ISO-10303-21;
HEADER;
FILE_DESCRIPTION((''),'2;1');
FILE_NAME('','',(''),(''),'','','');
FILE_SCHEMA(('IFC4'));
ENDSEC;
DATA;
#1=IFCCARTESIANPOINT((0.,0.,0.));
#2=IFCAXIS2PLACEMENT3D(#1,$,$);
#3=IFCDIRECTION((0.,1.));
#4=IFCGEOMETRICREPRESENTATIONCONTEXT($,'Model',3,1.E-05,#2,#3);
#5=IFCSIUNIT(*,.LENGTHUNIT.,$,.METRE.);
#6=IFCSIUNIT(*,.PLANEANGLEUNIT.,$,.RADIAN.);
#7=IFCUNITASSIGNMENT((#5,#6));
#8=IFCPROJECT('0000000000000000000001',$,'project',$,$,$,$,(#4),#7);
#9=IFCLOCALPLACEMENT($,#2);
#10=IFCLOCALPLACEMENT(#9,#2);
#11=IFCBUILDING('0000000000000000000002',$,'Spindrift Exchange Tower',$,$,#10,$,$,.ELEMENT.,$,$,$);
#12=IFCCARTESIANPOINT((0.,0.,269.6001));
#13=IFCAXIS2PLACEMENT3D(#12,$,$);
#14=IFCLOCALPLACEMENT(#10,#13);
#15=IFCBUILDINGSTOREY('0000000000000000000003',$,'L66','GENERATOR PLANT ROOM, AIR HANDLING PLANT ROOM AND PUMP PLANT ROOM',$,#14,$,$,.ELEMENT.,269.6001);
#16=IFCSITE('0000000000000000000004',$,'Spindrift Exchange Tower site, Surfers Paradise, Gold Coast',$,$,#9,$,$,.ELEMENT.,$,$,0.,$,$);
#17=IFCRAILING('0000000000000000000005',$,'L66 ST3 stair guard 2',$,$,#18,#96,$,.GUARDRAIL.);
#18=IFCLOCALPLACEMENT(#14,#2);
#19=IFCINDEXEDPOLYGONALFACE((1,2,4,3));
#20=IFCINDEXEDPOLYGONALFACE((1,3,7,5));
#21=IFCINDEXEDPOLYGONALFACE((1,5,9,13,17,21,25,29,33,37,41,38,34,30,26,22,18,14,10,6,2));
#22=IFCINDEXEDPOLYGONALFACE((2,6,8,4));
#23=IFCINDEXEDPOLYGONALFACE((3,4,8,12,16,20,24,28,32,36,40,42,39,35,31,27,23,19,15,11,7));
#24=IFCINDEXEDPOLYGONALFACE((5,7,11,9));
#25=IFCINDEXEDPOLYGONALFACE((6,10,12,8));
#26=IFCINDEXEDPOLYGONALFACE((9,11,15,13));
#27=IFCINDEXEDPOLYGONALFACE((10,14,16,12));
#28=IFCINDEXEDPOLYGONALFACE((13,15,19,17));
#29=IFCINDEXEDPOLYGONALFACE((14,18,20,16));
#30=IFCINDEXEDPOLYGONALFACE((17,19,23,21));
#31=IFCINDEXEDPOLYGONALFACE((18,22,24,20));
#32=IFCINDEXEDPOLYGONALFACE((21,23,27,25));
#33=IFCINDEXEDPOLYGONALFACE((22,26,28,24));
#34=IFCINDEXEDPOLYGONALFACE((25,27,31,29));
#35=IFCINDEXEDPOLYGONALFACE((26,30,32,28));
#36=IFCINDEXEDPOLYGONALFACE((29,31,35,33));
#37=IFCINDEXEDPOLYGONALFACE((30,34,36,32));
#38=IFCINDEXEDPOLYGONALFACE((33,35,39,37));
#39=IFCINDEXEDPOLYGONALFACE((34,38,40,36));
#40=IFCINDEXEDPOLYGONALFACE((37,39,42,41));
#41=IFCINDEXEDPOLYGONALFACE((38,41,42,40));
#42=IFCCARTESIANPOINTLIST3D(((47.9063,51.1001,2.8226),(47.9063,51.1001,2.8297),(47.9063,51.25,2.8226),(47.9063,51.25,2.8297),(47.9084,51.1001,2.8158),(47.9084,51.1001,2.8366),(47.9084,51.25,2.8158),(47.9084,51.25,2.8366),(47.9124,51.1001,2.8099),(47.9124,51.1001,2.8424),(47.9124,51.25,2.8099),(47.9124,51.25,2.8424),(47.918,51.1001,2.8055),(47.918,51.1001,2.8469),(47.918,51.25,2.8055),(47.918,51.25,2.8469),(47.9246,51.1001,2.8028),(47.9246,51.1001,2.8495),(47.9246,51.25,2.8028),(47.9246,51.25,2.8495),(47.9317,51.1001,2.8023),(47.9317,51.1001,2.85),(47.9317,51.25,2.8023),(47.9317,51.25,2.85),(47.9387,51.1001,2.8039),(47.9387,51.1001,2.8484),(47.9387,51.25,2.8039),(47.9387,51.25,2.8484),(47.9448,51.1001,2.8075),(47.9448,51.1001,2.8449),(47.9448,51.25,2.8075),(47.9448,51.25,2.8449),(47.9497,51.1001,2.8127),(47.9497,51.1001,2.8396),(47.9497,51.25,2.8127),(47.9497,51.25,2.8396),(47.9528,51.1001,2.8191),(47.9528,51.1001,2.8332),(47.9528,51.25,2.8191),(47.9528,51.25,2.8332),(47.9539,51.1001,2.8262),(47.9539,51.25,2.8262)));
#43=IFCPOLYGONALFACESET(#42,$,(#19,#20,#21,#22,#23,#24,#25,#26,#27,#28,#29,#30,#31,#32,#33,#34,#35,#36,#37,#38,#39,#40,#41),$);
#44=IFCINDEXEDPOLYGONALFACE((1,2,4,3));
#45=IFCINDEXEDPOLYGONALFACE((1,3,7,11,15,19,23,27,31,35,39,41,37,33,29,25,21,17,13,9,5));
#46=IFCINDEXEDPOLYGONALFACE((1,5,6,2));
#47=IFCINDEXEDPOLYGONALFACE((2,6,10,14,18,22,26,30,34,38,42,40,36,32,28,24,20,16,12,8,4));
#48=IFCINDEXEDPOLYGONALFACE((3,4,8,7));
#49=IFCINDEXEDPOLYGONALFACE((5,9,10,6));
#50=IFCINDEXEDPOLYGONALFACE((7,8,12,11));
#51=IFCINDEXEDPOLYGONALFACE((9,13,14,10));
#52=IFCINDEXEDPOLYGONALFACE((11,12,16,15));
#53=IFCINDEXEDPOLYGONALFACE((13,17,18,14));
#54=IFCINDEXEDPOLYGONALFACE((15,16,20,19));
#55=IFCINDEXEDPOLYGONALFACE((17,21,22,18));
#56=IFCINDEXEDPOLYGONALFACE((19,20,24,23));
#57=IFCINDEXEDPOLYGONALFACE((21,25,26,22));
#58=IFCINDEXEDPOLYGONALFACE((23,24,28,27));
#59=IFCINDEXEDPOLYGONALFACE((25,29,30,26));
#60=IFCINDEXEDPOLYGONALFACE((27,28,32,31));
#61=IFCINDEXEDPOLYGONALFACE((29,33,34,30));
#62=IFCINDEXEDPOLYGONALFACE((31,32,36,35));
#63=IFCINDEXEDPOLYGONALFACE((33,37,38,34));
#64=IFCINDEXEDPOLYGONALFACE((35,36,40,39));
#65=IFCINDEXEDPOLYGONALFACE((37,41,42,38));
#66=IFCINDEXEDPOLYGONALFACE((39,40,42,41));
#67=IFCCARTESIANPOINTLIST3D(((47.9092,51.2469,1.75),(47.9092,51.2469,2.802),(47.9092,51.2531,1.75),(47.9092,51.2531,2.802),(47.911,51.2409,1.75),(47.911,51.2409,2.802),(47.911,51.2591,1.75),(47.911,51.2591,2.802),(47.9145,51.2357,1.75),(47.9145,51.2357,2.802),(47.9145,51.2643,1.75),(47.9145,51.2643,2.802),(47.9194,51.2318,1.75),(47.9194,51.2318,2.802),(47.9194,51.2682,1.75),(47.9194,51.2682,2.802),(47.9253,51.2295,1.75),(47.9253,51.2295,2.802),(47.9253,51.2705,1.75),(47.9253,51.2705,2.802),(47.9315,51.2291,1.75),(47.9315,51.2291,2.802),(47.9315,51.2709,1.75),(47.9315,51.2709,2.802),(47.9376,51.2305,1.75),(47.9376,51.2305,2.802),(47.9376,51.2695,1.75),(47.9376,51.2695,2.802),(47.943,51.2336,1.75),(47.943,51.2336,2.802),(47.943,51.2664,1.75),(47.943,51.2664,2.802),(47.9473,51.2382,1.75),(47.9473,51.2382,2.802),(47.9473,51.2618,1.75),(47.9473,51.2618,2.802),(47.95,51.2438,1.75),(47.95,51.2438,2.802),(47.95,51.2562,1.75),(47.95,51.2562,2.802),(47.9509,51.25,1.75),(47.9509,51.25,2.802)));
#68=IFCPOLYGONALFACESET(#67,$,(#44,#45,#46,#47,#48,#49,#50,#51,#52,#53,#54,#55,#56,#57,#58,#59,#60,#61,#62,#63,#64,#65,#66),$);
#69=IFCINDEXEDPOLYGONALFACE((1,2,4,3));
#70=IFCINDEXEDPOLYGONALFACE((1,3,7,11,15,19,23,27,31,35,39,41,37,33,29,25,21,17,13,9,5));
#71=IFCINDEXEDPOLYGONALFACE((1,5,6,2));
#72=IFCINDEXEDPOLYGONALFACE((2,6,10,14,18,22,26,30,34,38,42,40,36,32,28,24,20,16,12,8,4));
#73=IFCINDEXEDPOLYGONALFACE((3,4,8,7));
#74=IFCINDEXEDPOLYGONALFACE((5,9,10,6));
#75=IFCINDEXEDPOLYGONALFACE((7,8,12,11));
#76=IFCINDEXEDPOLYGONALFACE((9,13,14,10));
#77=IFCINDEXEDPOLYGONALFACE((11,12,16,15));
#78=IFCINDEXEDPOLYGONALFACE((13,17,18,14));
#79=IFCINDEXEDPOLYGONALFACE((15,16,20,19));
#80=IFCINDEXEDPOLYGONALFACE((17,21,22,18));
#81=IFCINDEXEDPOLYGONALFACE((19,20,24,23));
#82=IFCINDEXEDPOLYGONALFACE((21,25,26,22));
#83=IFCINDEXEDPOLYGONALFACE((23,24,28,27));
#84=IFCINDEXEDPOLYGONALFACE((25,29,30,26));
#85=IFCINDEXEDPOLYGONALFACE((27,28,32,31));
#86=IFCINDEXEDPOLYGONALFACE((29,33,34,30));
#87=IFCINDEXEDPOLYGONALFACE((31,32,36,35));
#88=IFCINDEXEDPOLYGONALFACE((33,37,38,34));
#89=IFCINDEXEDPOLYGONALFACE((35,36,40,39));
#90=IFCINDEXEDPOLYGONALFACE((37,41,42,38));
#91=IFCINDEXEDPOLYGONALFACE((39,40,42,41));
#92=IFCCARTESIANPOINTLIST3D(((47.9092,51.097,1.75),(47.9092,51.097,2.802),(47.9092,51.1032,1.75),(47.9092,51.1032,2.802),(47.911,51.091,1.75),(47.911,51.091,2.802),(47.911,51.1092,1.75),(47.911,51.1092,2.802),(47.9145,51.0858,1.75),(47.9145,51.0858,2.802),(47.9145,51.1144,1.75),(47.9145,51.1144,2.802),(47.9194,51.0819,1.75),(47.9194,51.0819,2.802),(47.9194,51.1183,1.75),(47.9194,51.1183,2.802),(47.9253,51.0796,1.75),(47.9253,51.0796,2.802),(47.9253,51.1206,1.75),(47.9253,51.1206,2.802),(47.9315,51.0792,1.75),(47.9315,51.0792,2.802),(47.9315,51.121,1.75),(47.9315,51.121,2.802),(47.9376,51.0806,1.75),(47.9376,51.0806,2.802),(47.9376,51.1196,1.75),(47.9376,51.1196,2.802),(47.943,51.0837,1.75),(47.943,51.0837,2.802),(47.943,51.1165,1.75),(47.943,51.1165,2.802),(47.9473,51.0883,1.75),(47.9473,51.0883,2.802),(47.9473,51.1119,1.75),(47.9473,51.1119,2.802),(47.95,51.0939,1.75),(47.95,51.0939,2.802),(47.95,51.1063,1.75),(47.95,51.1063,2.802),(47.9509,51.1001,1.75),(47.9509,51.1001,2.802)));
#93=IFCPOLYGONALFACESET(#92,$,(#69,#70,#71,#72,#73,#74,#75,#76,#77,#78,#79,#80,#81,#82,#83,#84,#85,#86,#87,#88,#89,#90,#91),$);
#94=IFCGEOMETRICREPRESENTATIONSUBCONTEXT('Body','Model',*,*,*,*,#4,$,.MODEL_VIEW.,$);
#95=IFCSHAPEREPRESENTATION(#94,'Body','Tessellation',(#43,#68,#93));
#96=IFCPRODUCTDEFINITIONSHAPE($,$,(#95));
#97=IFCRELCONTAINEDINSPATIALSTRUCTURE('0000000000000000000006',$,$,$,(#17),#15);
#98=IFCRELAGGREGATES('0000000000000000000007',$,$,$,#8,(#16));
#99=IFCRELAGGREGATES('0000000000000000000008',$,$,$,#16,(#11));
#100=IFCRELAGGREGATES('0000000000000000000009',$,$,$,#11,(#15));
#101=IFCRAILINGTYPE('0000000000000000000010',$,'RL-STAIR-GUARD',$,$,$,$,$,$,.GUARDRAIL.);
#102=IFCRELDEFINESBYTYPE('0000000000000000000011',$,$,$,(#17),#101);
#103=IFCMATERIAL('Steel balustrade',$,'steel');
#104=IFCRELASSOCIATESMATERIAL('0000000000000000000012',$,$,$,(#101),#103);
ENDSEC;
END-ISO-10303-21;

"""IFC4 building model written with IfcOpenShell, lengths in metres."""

from ifc_helpers import new_model, si_unit, direction, frame, origin, origin_2d, place, context, subcontext, project, spatial, circle, extrude, material, type_object, element, save


model = new_model("IFC4")

# Units and contexts
model_context = context("Model", 3, precision=1e-05, world=origin(), true_north=direction((0.0, 1.0)))
body_context = subcontext(model_context, "Body", "Model", "MODEL_VIEW")
ifc_project = project(units=[si_unit("LENGTHUNIT", "METRE"), si_unit("PLANEANGLEUNIT", "RADIAN")], contexts=[model_context])

# Site, building, storey
site_placement = place(None, origin())
site = spatial("IfcSite", under=ifc_project, at=site_placement, Name="Spindrift Exchange Tower site, Surfers Paradise, Gold Coast", CompositionType="ELEMENT", RefElevation=0.0)
building_placement = place(site_placement, origin())
building = spatial("IfcBuilding", under=site, at=building_placement, Name="Spindrift Exchange Tower", CompositionType="ELEMENT")
storey_placement = place(building_placement, frame((0.0, 0.0, 269.6001)))
storey = spatial("IfcBuildingStorey", under=building, at=storey_placement, Name="L66", Description="GENERATOR PLANT ROOM, AIR HANDLING PLANT ROOM AND PUMP PLANT ROOM", CompositionType="ELEMENT", Elevation=269.6001)

# Railing
ifc_material_1 = material(Name="Steel balustrade", Category="steel")
railing_type_1 = type_object("IfcRailingType", Name="RL-STAIR-GUARD", PredefinedType="GUARDRAIL", material=ifc_material_1)
railing_1_placement = place(storey_placement, frame((47.9299, 51.25, 1.75)))
element("IfcRailing", 1, at=railing_1_placement, inside=storey, type_object=railing_type_1, Name="L66 ST3 stair guard 2", PredefinedType="GUARDRAIL", context=body_context, shape_type="SweptSolid", body=[
    extrude(circle(Radius=0.0239, at=origin_2d()), frame((0.0, 0.0, 1.0762), z_axis=(0.0, -1.0, 0.0), x_axis=(1.0, 0.0, 0.0)), (0.0, 0.0, 1.0), 0.1499),
    extrude(circle(Radius=0.021, at=origin_2d()), origin(), (0.0, 0.0, 1.0), 1.052),
    extrude(circle(Radius=0.021, at=origin_2d()), frame((0.0, -0.1499, 0.0)), (0.0, 0.0, 1.0), 1.052),
])

save(model, "model.ifc")
